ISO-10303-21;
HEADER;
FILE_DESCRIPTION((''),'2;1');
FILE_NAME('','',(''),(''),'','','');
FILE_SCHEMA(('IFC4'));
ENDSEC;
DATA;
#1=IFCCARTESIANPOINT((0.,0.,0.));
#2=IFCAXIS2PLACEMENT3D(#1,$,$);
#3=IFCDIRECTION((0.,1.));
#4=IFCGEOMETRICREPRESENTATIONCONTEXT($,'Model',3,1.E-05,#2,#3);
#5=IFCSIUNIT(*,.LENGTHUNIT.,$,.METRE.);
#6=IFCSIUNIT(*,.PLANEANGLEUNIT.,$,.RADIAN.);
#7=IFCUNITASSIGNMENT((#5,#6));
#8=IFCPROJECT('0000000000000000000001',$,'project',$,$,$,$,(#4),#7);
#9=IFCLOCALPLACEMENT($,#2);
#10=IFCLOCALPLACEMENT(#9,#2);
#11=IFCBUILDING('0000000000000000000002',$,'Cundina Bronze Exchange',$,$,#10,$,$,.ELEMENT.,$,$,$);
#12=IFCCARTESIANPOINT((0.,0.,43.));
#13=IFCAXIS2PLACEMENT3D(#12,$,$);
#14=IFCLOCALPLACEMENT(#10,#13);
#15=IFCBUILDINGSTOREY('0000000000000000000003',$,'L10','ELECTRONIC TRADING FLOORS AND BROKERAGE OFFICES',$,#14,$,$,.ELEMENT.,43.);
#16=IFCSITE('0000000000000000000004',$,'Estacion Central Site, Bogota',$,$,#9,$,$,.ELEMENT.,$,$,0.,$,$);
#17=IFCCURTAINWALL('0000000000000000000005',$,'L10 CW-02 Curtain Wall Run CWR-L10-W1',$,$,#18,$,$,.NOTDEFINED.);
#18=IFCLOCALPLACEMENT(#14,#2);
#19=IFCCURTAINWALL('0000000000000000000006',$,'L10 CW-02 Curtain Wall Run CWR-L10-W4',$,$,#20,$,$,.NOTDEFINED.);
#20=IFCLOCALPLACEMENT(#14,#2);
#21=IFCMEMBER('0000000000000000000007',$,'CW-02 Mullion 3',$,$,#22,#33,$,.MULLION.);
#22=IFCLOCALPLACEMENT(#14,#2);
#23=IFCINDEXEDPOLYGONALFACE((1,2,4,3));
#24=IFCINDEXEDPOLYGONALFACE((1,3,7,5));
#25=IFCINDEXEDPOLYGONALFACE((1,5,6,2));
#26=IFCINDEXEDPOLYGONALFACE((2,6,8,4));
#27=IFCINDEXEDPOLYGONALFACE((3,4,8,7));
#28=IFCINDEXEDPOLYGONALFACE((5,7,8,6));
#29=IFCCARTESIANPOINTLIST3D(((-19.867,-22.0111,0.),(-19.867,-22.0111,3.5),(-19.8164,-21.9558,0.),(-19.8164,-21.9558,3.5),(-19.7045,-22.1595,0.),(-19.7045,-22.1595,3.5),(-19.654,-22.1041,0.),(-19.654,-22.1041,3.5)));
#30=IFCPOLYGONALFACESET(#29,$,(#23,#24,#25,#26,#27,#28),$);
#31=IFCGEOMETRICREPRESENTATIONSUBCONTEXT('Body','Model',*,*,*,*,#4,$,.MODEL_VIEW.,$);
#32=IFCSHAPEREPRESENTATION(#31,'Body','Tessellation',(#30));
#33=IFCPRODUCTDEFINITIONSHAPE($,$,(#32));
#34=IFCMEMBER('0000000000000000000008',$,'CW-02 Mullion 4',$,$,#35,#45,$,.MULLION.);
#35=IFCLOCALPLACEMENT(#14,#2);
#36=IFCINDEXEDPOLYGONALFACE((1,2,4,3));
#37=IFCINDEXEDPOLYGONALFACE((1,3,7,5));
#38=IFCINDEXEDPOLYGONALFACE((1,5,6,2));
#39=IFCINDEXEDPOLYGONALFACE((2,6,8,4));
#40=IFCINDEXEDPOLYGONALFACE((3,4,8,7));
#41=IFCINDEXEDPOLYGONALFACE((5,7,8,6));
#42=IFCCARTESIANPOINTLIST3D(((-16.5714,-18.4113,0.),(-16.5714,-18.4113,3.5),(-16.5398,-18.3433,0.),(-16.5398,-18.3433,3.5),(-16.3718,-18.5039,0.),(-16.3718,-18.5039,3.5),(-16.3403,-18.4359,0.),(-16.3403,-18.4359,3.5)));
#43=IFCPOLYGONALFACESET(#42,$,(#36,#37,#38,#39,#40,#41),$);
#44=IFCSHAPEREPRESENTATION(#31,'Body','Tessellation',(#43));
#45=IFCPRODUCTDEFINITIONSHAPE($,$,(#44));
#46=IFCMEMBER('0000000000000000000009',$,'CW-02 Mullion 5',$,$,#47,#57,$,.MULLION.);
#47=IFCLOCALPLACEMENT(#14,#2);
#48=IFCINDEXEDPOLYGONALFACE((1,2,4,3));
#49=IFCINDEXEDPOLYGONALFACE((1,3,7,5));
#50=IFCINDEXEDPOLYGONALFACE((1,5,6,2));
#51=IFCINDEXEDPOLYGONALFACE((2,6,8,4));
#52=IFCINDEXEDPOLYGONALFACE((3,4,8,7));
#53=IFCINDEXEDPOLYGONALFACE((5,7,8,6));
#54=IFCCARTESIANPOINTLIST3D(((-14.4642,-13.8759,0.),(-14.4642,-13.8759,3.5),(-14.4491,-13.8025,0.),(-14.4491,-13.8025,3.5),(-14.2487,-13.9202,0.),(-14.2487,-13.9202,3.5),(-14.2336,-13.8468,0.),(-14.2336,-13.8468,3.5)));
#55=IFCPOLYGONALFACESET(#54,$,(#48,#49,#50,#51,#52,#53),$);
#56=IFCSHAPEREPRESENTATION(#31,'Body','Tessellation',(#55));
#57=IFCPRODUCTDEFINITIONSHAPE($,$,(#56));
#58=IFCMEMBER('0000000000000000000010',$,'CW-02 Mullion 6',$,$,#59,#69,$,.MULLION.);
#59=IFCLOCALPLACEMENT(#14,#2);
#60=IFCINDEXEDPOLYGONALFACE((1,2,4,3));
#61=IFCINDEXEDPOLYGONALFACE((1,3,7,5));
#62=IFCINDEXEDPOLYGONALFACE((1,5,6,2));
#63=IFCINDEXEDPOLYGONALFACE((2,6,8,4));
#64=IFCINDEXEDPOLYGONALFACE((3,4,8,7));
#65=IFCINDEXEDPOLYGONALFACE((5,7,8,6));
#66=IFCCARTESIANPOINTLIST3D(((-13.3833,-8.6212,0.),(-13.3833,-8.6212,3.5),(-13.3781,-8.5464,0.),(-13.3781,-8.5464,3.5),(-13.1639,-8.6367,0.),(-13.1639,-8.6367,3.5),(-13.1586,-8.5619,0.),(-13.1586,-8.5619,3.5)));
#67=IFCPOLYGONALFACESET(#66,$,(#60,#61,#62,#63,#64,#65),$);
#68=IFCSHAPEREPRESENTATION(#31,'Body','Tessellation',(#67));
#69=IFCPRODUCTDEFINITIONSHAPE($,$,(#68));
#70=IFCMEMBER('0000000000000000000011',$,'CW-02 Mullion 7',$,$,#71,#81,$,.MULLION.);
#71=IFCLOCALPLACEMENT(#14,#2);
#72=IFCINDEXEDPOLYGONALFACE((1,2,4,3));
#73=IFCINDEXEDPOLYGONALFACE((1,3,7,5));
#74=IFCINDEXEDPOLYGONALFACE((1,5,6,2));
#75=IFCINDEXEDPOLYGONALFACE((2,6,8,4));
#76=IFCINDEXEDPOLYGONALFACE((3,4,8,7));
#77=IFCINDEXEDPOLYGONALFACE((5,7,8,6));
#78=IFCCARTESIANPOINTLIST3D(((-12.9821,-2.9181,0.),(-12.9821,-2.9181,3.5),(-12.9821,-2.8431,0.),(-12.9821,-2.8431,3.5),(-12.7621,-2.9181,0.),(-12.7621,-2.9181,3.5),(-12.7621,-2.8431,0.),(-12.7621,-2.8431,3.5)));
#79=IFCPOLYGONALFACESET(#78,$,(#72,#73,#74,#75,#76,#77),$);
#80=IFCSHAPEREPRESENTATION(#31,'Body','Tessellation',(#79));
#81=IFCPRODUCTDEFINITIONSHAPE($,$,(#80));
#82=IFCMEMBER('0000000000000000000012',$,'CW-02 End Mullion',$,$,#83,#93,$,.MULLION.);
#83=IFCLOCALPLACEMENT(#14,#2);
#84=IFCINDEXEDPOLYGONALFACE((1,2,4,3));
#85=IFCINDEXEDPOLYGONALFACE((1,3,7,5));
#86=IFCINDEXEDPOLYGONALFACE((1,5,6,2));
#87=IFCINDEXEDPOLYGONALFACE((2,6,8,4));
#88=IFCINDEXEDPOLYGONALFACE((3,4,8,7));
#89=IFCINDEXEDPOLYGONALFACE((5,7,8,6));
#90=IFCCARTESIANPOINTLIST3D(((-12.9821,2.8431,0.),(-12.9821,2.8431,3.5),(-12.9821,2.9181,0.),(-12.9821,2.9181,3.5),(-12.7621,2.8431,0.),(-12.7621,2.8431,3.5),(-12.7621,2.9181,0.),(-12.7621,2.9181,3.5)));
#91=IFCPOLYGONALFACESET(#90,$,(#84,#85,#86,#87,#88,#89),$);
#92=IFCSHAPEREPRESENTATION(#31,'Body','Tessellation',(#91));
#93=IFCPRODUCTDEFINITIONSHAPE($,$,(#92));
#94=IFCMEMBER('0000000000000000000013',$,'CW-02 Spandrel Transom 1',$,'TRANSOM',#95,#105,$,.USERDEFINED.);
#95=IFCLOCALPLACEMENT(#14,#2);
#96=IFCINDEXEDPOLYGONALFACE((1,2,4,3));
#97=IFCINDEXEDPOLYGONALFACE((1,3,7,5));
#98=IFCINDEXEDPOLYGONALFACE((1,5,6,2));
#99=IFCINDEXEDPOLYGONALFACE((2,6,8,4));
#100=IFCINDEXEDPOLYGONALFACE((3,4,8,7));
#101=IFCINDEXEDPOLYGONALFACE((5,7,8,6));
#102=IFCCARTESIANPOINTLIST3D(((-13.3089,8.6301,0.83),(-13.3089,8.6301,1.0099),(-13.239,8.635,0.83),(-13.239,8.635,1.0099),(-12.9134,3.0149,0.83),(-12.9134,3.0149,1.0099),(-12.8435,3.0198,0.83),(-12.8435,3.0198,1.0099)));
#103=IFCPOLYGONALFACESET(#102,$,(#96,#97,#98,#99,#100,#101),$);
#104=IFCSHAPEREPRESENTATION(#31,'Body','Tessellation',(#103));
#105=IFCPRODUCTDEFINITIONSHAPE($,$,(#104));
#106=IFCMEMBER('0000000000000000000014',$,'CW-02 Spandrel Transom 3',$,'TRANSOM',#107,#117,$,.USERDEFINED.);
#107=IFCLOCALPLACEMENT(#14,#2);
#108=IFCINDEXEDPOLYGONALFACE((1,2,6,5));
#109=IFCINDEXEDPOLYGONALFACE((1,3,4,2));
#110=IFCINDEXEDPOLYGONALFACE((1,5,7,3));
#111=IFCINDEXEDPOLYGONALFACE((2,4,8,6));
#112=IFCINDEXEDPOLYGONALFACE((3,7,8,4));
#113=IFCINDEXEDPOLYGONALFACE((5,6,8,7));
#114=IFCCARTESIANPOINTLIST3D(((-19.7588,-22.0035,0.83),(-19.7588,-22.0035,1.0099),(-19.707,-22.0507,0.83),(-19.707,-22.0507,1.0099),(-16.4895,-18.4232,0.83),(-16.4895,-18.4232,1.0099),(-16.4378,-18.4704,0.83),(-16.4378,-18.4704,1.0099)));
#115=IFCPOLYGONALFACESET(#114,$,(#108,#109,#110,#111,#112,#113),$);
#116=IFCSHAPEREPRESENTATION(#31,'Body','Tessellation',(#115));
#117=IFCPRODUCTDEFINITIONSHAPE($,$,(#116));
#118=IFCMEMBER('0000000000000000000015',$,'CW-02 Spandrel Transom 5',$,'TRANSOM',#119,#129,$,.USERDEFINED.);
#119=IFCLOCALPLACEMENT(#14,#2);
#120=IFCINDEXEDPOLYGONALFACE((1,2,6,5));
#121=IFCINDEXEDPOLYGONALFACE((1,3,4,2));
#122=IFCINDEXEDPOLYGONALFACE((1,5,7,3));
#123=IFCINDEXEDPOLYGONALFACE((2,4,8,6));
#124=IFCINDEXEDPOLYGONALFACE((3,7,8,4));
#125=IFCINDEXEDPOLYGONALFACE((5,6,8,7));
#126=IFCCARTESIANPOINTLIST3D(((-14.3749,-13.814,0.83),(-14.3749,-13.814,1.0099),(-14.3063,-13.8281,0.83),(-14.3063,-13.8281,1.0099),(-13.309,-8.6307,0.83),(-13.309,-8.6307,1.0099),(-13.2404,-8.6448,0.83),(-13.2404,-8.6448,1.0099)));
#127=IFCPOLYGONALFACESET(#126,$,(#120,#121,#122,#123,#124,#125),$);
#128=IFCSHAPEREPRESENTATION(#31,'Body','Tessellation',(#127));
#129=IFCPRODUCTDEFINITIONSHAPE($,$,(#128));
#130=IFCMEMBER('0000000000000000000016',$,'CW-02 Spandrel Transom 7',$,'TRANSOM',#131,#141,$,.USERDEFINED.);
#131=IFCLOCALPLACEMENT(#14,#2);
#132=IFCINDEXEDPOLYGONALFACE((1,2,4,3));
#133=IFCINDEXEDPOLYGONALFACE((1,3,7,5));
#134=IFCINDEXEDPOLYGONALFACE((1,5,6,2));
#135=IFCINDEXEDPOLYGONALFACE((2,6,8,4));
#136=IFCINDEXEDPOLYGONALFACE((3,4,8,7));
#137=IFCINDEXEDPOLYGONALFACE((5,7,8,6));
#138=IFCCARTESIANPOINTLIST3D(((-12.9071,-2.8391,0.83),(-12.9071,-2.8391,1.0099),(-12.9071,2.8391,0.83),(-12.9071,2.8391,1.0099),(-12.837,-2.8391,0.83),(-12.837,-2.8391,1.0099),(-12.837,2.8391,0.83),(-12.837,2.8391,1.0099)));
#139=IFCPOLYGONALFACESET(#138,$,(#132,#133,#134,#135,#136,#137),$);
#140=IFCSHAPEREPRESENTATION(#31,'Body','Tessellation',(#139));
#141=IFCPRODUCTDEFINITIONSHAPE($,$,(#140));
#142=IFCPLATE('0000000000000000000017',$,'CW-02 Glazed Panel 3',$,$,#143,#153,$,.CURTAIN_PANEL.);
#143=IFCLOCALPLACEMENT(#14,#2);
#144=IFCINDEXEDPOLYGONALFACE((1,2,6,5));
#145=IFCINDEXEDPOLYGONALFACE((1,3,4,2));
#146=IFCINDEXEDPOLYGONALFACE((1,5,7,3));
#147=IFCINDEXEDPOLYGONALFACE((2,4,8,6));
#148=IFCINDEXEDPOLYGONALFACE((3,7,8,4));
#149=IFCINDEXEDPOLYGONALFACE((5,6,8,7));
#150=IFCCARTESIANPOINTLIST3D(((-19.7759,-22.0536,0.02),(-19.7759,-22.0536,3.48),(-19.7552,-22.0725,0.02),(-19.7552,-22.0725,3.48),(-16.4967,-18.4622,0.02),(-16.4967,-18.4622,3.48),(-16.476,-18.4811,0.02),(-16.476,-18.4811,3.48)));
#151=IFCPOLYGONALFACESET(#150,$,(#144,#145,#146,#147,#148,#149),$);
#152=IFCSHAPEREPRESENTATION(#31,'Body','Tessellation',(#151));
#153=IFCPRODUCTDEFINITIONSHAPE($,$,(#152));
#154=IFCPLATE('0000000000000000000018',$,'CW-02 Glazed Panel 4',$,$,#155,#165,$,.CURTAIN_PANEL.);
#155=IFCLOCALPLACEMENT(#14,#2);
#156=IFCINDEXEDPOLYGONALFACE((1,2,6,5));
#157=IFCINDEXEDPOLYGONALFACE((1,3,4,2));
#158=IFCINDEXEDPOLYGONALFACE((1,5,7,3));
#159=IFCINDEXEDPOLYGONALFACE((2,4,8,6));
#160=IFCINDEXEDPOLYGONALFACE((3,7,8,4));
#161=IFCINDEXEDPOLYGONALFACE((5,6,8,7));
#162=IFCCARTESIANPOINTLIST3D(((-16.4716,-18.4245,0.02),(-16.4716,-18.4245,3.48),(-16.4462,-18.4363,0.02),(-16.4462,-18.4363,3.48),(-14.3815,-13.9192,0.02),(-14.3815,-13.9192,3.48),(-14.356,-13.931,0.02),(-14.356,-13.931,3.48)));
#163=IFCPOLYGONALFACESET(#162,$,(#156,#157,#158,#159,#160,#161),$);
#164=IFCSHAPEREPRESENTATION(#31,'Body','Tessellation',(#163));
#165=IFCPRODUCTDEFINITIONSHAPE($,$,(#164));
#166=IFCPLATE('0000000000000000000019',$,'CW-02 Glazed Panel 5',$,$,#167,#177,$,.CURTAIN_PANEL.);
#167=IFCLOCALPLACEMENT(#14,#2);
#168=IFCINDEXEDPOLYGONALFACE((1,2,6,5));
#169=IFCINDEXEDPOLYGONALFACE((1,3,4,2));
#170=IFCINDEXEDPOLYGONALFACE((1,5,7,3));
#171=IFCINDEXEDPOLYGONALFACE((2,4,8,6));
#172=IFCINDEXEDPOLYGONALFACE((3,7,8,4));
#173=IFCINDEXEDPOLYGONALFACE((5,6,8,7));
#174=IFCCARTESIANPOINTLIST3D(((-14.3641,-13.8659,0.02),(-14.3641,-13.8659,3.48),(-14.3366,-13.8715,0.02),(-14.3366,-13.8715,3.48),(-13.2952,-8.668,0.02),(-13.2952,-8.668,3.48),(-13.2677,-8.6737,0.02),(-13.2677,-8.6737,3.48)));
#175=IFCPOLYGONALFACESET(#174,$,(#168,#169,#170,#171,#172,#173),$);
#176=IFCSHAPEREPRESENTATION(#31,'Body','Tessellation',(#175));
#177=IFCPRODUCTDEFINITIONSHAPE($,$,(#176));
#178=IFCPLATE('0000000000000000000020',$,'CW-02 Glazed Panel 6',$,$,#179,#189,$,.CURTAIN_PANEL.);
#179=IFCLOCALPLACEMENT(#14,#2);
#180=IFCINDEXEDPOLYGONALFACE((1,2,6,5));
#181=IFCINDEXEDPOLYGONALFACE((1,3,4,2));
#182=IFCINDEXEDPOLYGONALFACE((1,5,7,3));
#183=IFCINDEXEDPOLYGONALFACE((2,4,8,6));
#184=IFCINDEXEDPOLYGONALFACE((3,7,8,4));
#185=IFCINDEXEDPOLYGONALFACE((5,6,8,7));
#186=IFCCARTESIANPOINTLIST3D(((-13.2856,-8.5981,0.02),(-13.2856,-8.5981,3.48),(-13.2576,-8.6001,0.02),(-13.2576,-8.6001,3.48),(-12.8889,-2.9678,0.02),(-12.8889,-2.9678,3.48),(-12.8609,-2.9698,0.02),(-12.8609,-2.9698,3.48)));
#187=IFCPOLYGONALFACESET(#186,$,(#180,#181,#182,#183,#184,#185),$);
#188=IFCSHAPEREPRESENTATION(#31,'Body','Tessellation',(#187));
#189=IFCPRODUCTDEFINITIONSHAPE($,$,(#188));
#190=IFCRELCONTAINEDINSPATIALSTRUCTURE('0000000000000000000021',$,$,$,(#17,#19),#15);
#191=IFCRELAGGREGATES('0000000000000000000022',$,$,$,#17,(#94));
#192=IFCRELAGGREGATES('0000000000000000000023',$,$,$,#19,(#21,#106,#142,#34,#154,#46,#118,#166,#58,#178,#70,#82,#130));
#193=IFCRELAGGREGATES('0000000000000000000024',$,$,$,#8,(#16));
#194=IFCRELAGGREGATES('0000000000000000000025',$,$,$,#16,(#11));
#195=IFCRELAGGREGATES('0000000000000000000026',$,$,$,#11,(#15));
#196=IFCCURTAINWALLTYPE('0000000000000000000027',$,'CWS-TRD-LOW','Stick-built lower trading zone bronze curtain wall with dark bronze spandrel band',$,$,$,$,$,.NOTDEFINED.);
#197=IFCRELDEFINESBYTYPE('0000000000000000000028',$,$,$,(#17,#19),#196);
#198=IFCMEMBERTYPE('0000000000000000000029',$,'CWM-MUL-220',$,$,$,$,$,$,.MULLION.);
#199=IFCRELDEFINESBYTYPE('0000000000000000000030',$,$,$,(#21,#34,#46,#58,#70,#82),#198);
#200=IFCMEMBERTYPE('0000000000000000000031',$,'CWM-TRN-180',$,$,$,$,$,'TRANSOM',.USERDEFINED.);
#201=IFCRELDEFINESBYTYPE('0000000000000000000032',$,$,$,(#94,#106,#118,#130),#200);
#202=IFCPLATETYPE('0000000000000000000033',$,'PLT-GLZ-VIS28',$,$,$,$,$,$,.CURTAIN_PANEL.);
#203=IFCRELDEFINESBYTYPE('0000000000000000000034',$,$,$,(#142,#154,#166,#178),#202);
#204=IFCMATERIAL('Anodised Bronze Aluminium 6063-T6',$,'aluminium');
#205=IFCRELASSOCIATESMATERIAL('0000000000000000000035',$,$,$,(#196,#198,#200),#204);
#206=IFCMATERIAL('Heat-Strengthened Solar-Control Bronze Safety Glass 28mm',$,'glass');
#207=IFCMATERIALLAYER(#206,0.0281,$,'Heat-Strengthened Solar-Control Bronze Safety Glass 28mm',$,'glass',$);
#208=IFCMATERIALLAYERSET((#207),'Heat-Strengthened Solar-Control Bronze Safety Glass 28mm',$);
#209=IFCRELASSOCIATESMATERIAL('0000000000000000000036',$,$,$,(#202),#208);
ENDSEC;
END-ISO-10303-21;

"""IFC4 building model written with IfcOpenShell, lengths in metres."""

from ifc_helpers import new_model, si_unit, direction, frame, origin, origin_2d, place, context, subcontext, project, spatial, rectangle, extrude, material, layer, layer_set, material_profile, profile_set, type_object, element, aggregate, save


model = new_model("IFC4")

# Units and contexts
model_context = context("Model", 3, precision=1e-05, world=origin(), true_north=direction((0.0, 1.0)))
body_context = subcontext(model_context, "Body", "Model", "MODEL_VIEW")
ifc_project = project(units=[si_unit("LENGTHUNIT", "METRE"), si_unit("PLANEANGLEUNIT", "RADIAN")], contexts=[model_context])

# Site, building, storey
site_placement = place(None, origin())
site = spatial("IfcSite", under=ifc_project, at=site_placement, Name="Estacion Central Site, Bogota", CompositionType="ELEMENT", RefElevation=0.0)
building_placement = place(site_placement, origin())
building = spatial("IfcBuilding", under=site, at=building_placement, Name="Cundina Bronze Exchange", CompositionType="ELEMENT")
storey_placement = place(building_placement, frame((0.0, 0.0, 43.0)))
storey = spatial("IfcBuildingStorey", under=building, at=storey_placement, Name="L10", Description="ELECTRONIC TRADING FLOORS AND BROKERAGE OFFICES", CompositionType="ELEMENT", Elevation=43.0)

# Curtain wall
ifc_material_1 = material(Name="Anodised Bronze Aluminium 6063-T6", Category="aluminium")
curtain_wall_type = type_object("IfcCurtainWallType", Name="CWS-TRD-LOW", Description="Stick-built lower trading zone bronze curtain wall with dark bronze spandrel band", PredefinedType="NOTDEFINED", material=ifc_material_1)
curtain_wall_1_placement = place(storey_placement, origin())
curtain_wall_1 = element("IfcCurtainWall", 1, at=curtain_wall_1_placement, inside=storey, type_object=curtain_wall_type, Name="L10 CW-02 Curtain Wall Run CWR-L10-W1", PredefinedType="NOTDEFINED")
ifc_material_profile_1 = material_profile(ifc_material_1, rectangle(XDim=0.075, YDim=0.22, at=origin_2d()), Name="AL75X220", Category="aluminium")
ifc_profile_set_1 = profile_set([ifc_material_profile_1], Name="Anodised Bronze Aluminium 6063-T6")
member_type_1 = type_object("IfcMemberType", Name="CWM-MUL-220", PredefinedType="MULLION", material=ifc_profile_set_1)

# Curtain wall, members
curtain_wall_2_placement = place(storey_placement, origin())
curtain_wall_2 = element("IfcCurtainWall", 2, at=curtain_wall_2_placement, inside=storey, type_object=curtain_wall_type, Name="L10 CW-02 Curtain Wall Run CWR-L10-W4", PredefinedType="NOTDEFINED")
member_1_placement = place(storey_placement, frame((-19.7605, -22.0576, 0.0), z_axis=(0.0, 0.0, 1.0), x_axis=(0.674302, 0.738455, 0.0)))
member_1 = element("IfcMember", 3, at=member_1_placement, type_object=member_type_1, Name="CW-02 Mullion 3", PredefinedType="MULLION", context=body_context, shape_type="SweptSolid", body=[
    extrude(rectangle(XDim=0.075, YDim=0.22, at=origin_2d()), origin(), (0.0, 0.0, 1.0), 3.5),
])
member_2_placement = place(storey_placement, frame((-16.4558, -18.4236, 0.0), z_axis=(0.0, 0.0, 1.0), x_axis=(0.420877, 0.907117, 0.0)))
member_2 = element("IfcMember", 4, at=member_2_placement, type_object=member_type_1, Name="CW-02 Mullion 4", PredefinedType="MULLION", context=body_context, shape_type="SweptSolid", body=[
    extrude(rectangle(XDim=0.075, YDim=0.22, at=origin_2d()), origin(), (0.0, 0.0, 1.0), 3.5),
])
member_3_placement = place(storey_placement, frame((-14.3489, -13.8613, 0.0), z_axis=(0.0, 0.0, 1.0), x_axis=(0.20142, 0.979505, 0.0)))
member_3 = element("IfcMember", 5, at=member_3_placement, type_object=member_type_1, Name="CW-02 Mullion 5", PredefinedType="MULLION", context=body_context, shape_type="SweptSolid", body=[
    extrude(rectangle(XDim=0.075, YDim=0.22, at=origin_2d()), origin(), (0.0, 0.0, 1.0), 3.5),
])
member_4_placement = place(storey_placement, frame((-13.271, -8.5916, 0.0), z_axis=(0.0, 0.0, 1.0), x_axis=(0.070279, 0.997527, 0.0)))
member_4 = element("IfcMember", 6, at=member_4_placement, type_object=member_type_1, Name="CW-02 Mullion 6", PredefinedType="MULLION", context=body_context, shape_type="SweptSolid", body=[
    extrude(rectangle(XDim=0.075, YDim=0.22, at=origin_2d()), origin(), (0.0, 0.0, 1.0), 3.5),
])
member_5_placement = place(storey_placement, frame((-12.8721, -2.8806, 0.0), z_axis=(0.0, 0.0, 1.0), x_axis=(0.0, 1.0, 0.0)))
member_5 = element("IfcMember", 7, at=member_5_placement, type_object=member_type_1, Name="CW-02 Mullion 7", PredefinedType="MULLION", context=body_context, shape_type="SweptSolid", body=[
    extrude(rectangle(XDim=0.075, YDim=0.22, at=origin_2d()), origin(), (0.0, 0.0, 1.0), 3.5),
])
member_6_placement = place(storey_placement, frame((-12.8721, 2.8806, 0.0), z_axis=(0.0, 0.0, 1.0), x_axis=(0.0, 1.0, 0.0)))
member_6 = element("IfcMember", 8, at=member_6_placement, type_object=member_type_1, Name="CW-02 End Mullion", PredefinedType="MULLION", context=body_context, shape_type="SweptSolid", body=[
    extrude(rectangle(XDim=0.075, YDim=0.22, at=origin_2d()), origin(), (0.0, 0.0, 1.0), 3.5),
])

# Members
ifc_material_profile_2 = material_profile(ifc_material_1, rectangle(XDim=0.0701, YDim=0.1799, at=origin_2d()), Name="AL70X180", Category="aluminium")
ifc_profile_set_2 = profile_set([ifc_material_profile_2], Name="Anodised Bronze Aluminium 6063-T6")
member_type_2 = type_object("IfcMemberType", Name="CWM-TRN-180", ElementType="TRANSOM", PredefinedType="USERDEFINED", material=ifc_profile_set_2)
member_7_placement = place(storey_placement, frame((-12.8784, 3.0173, 0.9199), z_axis=(-0.070261, 0.997529, 0.0), x_axis=(-0.997529, -0.070261, 0.0)))
member_7 = element("IfcMember", 9, at=member_7_placement, type_object=member_type_2, Name="CW-02 Spandrel Transom 1", ObjectType="TRANSOM", PredefinedType="USERDEFINED", context=body_context, shape_type="SweptSolid", body=[
    extrude(rectangle(XDim=0.0701, YDim=0.1799, at=origin_2d()), origin(), (0.0, 0.0, 1.0), 5.6292),
])
aggregate(curtain_wall_1, [member_7])
member_8_placement = place(storey_placement, frame((-19.7329, -22.0271, 0.9199), z_axis=(0.674303, 0.738455, 0.0), x_axis=(-0.738455, 0.674303, 0.0)))
member_8 = element("IfcMember", 10, at=member_8_placement, type_object=member_type_2, Name="CW-02 Spandrel Transom 3", ObjectType="TRANSOM", PredefinedType="USERDEFINED", context=body_context, shape_type="SweptSolid", body=[
    extrude(rectangle(XDim=0.0701, YDim=0.1799, at=origin_2d()), origin(), (0.0, 0.0, 1.0), 4.8484),
])
member_9_placement = place(storey_placement, frame((-14.3406, -13.821, 0.9199), z_axis=(0.201428, 0.979503, 0.0), x_axis=(-0.979503, 0.201428, 0.0)))
member_9 = element("IfcMember", 11, at=member_9_placement, type_object=member_type_2, Name="CW-02 Spandrel Transom 5", ObjectType="TRANSOM", PredefinedType="USERDEFINED", context=body_context, shape_type="SweptSolid", body=[
    extrude(rectangle(XDim=0.0701, YDim=0.1799, at=origin_2d()), origin(), (0.0, 0.0, 1.0), 5.2917),
])
member_10_placement = place(storey_placement, frame((-12.8721, -2.8391, 0.9199), z_axis=(0.0, 1.0, 0.0), x_axis=(-1.0, 0.0, 0.0)))
member_10 = element("IfcMember", 12, at=member_10_placement, type_object=member_type_2, Name="CW-02 Spandrel Transom 7", ObjectType="TRANSOM", PredefinedType="USERDEFINED", context=body_context, shape_type="SweptSolid", body=[
    extrude(rectangle(XDim=0.0701, YDim=0.1799, at=origin_2d()), origin(), (0.0, 0.0, 1.0), 5.6782),
])

# Plates
ifc_material_2 = material(Name="Heat-Strengthened Solar-Control Bronze Safety Glass 28mm", Category="glass")
ifc_layer_1 = layer(ifc_material_2, 0.0281, Name="Heat-Strengthened Solar-Control Bronze Safety Glass 28mm", Category="glass")
ifc_layer_set_1 = layer_set([ifc_layer_1], Name="Heat-Strengthened Solar-Control Bronze Safety Glass 28mm")
plate_type_1 = type_object("IfcPlateType", Name="PLT-GLZ-VIS28", PredefinedType="CURTAIN_PANEL", material=ifc_layer_set_1)
plate_1_placement = place(storey_placement, frame((-18.126, -20.2673, 0.02), z_axis=(0.0, 0.0, 1.0), x_axis=(0.674277, 0.738479, 0.0)))
plate_1 = element("IfcPlate", 13, at=plate_1_placement, type_object=plate_type_1, Name="CW-02 Glazed Panel 3", PredefinedType="CURTAIN_PANEL", context=body_context, shape_type="SweptSolid", body=[
    extrude(rectangle(XDim=4.8633, YDim=0.0281, at=origin_2d()), origin(), (0.0, 0.0, 1.0), 3.46),
])
plate_2_placement = place(storey_placement, frame((-15.4138, -16.1777, 0.02), z_axis=(0.0, 0.0, 1.0), x_axis=(0.420846, 0.907132, 0.0)))
plate_2 = element("IfcPlate", 14, at=plate_2_placement, type_object=plate_type_1, Name="CW-02 Glazed Panel 4", PredefinedType="CURTAIN_PANEL", context=body_context, shape_type="SweptSolid", body=[
    extrude(rectangle(XDim=4.9666, YDim=0.0281, at=origin_2d()), origin(), (0.0, 0.0, 1.0), 3.46),
])
plate_3_placement = place(storey_placement, frame((-13.8159, -11.2698, 0.02), z_axis=(0.0, 0.0, 1.0), x_axis=(0.20142, 0.979505, 0.0)))
plate_3 = element("IfcPlate", 15, at=plate_3_placement, type_object=plate_type_1, Name="CW-02 Glazed Panel 5", PredefinedType="CURTAIN_PANEL", context=body_context, shape_type="SweptSolid", body=[
    extrude(rectangle(XDim=5.3066, YDim=0.0281, at=origin_2d()), origin(), (0.0, 0.0, 1.0), 3.46),
])
plate_4_placement = place(storey_placement, frame((-13.0732, -5.7839, 0.02), z_axis=(0.0, 0.0, 1.0), x_axis=(0.070279, 0.997527, 0.0)))
plate_4 = element("IfcPlate", 16, at=plate_4_placement, type_object=plate_type_1, Name="CW-02 Glazed Panel 6", PredefinedType="CURTAIN_PANEL", context=body_context, shape_type="SweptSolid", body=[
    extrude(rectangle(XDim=5.6443, YDim=0.0281, at=origin_2d()), origin(), (0.0, 0.0, 1.0), 3.46),
])
aggregate(curtain_wall_2, [member_1, member_8, plate_1, member_2, plate_2, member_3, member_9, plate_3, member_4, plate_4, member_5, member_6, member_10])

save(model, "model.ifc")
